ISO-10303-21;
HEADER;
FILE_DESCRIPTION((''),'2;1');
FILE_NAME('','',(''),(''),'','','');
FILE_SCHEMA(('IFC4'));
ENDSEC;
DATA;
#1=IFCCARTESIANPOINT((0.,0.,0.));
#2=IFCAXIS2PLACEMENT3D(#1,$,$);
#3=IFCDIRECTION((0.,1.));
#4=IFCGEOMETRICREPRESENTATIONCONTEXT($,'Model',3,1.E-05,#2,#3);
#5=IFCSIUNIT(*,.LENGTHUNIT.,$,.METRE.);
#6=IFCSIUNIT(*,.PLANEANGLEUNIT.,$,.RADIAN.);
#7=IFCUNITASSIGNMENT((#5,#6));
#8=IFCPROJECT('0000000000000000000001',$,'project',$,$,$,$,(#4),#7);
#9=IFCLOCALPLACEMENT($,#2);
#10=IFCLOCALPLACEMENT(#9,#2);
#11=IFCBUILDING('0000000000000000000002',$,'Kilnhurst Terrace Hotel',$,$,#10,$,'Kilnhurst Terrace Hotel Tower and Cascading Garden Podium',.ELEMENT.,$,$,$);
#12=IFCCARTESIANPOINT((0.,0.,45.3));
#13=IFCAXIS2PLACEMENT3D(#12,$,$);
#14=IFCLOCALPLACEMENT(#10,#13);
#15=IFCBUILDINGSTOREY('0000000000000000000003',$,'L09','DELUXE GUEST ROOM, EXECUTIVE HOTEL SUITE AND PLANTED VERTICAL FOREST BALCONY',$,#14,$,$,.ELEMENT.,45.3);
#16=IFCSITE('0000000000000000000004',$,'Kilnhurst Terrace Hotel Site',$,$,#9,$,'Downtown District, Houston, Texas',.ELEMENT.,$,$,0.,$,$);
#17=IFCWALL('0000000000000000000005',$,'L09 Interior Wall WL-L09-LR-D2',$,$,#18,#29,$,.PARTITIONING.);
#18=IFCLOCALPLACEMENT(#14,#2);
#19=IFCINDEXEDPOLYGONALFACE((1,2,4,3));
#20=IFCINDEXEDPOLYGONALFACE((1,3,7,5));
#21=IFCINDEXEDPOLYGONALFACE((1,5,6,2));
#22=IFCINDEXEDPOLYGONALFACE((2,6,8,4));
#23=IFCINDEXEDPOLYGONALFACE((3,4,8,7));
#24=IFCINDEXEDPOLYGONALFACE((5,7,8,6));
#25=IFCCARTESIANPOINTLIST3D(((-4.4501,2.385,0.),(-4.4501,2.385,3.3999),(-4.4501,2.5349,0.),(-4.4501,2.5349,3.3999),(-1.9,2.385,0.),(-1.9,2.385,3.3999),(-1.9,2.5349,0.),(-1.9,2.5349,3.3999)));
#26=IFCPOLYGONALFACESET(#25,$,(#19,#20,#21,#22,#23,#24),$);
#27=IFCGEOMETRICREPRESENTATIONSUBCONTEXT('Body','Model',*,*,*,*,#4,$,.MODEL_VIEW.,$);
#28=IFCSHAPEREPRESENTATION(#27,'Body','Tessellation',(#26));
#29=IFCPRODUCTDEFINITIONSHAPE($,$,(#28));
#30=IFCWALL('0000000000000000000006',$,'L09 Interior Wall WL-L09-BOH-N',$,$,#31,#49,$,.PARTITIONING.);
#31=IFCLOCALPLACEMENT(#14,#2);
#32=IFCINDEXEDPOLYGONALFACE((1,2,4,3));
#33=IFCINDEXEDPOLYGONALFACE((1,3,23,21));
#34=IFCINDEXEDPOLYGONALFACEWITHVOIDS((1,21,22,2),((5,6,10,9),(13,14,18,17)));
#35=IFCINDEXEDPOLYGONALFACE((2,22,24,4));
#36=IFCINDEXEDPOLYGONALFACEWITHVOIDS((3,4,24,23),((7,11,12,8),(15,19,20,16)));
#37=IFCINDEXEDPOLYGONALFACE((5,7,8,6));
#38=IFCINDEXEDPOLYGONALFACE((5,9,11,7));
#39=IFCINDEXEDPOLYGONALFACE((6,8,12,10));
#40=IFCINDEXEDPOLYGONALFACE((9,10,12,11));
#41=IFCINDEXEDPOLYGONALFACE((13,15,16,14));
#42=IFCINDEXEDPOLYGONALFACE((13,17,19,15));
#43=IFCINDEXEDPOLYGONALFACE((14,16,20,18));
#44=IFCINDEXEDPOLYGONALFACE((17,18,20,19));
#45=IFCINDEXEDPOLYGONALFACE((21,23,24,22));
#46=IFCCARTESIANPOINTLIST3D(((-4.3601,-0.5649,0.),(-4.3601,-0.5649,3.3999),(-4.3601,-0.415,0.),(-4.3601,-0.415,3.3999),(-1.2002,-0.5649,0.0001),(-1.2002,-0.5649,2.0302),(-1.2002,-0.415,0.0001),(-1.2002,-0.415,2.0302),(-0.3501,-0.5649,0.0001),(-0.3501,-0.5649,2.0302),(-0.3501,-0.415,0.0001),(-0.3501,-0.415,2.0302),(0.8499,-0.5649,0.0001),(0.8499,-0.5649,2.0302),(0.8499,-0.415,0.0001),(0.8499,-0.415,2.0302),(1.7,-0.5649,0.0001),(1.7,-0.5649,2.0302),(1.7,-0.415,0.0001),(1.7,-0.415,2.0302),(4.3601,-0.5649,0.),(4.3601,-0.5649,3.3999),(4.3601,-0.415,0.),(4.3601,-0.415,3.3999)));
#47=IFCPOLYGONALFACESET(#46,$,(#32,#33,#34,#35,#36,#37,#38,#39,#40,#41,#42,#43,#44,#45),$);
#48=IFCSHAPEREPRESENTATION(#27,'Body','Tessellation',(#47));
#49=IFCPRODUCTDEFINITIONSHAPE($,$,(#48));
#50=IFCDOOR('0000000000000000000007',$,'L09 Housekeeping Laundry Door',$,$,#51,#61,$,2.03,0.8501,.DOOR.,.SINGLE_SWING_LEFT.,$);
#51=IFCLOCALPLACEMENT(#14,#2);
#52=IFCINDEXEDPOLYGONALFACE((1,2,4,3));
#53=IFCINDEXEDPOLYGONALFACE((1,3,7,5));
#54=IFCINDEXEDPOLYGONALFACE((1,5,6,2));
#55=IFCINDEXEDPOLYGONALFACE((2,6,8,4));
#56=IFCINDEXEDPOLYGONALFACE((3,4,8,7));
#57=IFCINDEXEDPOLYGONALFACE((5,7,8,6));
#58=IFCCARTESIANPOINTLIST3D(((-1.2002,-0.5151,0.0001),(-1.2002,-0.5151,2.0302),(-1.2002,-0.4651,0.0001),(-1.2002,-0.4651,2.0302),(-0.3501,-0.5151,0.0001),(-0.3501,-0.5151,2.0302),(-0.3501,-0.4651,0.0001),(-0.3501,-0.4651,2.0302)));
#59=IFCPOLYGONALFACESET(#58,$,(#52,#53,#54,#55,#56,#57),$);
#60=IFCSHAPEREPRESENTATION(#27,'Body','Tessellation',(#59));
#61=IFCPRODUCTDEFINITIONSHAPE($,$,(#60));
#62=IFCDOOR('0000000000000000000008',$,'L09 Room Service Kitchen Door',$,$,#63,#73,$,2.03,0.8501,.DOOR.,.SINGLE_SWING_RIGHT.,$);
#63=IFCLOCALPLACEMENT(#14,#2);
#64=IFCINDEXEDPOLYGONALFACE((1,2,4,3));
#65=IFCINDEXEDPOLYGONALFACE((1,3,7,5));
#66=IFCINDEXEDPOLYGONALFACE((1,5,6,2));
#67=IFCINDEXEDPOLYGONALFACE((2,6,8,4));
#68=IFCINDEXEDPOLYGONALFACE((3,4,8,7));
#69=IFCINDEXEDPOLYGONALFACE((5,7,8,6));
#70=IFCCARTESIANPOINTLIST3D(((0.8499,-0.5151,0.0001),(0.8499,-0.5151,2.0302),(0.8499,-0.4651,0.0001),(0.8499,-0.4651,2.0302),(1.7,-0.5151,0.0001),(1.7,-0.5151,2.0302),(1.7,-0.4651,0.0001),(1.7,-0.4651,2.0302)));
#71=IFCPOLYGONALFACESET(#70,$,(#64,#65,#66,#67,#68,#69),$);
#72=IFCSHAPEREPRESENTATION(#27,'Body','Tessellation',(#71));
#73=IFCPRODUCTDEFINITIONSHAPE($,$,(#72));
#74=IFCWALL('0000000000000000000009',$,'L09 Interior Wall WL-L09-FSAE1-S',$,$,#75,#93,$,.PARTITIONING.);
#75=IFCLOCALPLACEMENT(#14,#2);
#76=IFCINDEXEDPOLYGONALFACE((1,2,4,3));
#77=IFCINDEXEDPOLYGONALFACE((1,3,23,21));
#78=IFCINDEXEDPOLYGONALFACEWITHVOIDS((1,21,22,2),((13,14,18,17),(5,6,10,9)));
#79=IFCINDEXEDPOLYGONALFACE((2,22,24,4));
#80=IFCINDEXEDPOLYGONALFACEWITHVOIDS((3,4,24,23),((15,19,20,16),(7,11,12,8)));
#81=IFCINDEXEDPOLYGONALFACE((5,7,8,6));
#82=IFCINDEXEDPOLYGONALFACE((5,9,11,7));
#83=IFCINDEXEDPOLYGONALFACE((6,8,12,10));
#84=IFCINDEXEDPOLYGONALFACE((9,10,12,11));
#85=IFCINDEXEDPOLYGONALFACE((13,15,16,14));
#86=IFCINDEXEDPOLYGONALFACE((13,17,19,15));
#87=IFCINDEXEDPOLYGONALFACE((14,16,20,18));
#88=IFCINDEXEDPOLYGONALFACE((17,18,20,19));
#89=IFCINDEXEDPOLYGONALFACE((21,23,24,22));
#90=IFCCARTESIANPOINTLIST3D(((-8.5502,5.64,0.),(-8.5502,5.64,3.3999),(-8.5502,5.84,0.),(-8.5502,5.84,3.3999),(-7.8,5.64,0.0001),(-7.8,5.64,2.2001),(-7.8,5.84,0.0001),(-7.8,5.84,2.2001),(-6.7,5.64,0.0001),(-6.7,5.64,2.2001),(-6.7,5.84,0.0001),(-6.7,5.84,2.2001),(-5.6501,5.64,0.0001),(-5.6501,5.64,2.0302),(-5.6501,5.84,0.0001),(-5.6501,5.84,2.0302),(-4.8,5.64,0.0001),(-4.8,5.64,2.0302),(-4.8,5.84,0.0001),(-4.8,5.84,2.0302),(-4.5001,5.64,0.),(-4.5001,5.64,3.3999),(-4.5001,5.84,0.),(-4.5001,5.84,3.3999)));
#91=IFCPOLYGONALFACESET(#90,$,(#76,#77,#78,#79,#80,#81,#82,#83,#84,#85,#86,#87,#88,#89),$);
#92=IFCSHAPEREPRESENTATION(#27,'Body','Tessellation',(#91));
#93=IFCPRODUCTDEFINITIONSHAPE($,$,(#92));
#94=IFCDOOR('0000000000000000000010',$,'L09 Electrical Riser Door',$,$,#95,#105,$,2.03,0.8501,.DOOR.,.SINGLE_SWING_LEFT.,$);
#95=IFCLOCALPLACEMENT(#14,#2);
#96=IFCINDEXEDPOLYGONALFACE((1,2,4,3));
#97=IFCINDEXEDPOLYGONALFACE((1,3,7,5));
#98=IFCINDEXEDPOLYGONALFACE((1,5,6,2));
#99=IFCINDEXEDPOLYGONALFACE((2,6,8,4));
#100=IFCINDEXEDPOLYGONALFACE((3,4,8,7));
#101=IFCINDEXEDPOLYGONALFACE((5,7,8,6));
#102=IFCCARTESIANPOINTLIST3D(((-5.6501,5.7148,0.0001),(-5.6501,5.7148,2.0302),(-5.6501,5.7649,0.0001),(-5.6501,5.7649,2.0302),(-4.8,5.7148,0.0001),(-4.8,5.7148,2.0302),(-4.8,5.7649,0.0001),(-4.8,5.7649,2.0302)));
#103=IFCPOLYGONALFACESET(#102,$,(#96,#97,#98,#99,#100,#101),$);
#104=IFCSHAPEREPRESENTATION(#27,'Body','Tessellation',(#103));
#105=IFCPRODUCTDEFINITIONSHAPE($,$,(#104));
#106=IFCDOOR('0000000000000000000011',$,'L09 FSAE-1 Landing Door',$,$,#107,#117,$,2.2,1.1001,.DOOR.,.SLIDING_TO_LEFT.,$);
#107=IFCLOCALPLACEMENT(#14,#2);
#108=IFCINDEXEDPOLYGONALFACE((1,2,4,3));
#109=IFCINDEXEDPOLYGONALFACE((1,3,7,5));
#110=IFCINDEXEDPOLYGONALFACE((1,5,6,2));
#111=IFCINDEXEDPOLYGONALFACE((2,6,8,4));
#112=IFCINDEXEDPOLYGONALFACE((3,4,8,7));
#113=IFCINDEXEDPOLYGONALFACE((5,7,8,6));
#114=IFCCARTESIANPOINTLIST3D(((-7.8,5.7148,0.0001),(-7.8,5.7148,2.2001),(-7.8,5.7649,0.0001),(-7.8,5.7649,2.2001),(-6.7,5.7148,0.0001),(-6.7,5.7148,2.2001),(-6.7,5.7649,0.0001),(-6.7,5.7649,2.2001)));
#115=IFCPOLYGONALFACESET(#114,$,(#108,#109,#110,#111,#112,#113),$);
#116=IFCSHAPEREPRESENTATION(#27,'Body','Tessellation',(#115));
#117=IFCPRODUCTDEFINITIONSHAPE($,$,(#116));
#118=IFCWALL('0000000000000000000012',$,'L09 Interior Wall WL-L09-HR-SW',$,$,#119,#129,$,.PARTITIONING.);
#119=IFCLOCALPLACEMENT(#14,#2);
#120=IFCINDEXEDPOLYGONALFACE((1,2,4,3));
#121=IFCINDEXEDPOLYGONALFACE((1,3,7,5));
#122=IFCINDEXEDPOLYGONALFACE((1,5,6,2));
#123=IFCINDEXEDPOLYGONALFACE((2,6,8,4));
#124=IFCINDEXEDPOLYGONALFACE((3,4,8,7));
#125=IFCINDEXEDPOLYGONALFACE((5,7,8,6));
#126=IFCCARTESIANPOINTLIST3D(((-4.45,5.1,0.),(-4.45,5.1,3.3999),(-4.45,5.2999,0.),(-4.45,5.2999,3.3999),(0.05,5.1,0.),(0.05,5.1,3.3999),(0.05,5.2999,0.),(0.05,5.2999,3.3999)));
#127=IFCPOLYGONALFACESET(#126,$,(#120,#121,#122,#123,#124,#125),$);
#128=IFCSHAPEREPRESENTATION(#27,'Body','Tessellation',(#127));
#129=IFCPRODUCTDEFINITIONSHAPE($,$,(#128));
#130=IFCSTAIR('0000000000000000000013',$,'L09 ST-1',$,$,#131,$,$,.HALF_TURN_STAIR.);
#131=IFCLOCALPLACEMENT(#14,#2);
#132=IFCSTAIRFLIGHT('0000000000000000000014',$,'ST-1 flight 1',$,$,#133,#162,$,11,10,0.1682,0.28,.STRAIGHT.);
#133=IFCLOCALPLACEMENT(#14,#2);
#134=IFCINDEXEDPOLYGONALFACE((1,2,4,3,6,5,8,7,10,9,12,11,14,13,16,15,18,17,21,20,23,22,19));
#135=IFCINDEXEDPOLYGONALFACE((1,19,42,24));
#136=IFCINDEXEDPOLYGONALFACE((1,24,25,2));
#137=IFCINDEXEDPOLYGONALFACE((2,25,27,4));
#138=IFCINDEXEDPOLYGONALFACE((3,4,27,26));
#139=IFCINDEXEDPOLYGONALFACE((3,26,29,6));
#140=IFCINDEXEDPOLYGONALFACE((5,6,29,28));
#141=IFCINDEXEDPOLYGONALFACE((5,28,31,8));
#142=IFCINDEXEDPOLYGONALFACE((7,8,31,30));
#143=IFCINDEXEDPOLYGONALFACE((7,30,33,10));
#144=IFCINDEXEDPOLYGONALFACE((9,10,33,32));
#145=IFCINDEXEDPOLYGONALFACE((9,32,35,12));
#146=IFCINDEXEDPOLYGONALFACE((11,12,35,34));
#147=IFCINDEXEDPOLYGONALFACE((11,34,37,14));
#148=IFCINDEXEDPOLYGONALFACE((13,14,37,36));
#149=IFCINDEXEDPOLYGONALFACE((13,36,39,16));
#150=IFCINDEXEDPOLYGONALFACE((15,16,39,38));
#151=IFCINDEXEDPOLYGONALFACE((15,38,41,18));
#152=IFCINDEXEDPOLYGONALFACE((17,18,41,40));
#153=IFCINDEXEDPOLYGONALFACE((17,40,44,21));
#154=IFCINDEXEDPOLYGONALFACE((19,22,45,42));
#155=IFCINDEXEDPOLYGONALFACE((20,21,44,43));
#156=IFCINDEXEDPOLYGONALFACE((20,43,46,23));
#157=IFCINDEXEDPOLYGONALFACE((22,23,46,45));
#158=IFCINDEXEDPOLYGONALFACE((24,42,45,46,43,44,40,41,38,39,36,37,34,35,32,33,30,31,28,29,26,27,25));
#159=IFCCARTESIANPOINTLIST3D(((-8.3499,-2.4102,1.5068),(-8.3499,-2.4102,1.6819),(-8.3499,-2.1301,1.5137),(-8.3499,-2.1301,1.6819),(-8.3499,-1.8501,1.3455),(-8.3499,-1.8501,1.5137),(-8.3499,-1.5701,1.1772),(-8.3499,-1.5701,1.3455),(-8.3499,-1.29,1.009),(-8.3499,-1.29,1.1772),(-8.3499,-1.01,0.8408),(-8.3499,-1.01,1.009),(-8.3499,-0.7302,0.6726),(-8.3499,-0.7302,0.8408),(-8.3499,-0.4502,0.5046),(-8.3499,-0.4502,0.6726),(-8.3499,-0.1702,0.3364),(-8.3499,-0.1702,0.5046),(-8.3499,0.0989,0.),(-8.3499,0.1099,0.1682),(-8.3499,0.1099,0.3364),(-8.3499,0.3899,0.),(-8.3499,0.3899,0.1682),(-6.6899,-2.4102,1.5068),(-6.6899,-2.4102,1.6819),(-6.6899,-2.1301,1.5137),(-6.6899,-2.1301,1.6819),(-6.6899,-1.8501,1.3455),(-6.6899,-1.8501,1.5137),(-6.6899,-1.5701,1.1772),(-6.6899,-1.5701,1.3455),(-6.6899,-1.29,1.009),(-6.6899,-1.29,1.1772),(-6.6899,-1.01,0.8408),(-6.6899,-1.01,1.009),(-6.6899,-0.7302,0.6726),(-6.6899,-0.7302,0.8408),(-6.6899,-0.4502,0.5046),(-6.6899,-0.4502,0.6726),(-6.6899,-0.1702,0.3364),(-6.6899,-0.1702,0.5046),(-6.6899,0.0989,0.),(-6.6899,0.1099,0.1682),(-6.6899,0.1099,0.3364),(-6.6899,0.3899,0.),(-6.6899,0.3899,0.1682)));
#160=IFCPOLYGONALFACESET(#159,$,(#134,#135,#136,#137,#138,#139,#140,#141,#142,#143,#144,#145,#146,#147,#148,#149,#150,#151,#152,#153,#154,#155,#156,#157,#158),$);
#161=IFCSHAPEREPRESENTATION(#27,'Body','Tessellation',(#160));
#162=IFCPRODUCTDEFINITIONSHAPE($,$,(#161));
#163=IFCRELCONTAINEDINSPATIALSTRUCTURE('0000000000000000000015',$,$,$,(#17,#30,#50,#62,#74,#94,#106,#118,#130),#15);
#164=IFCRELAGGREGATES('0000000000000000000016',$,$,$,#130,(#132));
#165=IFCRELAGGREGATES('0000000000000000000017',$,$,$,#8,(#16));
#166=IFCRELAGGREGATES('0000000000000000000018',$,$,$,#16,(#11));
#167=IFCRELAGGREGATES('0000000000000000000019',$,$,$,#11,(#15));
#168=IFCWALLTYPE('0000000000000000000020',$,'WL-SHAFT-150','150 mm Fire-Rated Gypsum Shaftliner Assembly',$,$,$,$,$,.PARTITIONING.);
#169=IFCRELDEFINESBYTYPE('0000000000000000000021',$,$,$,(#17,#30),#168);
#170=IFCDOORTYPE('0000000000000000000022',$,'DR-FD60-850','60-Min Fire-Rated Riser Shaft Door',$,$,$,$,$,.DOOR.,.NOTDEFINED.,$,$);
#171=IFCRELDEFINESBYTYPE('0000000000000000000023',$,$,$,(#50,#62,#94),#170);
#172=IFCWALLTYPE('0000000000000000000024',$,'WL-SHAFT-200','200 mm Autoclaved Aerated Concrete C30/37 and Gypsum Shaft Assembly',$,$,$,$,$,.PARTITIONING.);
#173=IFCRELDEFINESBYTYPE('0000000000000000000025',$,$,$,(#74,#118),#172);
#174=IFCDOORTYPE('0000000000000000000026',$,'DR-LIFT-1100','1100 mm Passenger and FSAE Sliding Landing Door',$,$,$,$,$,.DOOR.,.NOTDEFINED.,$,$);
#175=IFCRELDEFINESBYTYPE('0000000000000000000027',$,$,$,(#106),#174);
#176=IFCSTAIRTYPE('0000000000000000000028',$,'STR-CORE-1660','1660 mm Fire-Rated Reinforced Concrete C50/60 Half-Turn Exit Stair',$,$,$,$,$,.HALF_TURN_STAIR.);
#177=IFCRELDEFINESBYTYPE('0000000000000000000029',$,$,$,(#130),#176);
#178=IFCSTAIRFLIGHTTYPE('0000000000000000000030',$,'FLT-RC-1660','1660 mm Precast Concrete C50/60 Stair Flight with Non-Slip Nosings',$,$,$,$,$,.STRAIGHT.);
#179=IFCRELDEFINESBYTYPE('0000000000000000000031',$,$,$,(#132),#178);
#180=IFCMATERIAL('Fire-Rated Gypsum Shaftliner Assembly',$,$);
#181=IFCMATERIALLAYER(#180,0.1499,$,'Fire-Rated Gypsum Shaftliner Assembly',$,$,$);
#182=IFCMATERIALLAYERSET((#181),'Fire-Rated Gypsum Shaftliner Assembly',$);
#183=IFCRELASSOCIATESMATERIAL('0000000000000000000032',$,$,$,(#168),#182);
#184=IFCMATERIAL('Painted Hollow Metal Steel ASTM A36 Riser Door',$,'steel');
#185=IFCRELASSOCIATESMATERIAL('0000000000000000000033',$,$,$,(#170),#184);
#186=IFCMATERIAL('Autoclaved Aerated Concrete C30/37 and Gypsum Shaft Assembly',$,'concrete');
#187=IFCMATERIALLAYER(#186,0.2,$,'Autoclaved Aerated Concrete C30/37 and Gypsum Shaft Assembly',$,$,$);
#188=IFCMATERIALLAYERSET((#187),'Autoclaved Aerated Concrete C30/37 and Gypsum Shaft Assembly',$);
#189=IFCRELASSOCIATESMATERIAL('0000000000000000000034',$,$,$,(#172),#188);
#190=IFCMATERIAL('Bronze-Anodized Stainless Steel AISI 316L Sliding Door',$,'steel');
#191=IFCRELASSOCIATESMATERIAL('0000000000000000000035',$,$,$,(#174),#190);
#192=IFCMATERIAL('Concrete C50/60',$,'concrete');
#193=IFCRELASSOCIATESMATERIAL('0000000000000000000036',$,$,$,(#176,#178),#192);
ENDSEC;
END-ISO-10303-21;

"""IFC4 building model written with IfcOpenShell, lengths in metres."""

from ifc_helpers import new_model, si_unit, direction, frame, frame_2d, origin, place, context, subcontext, project, spatial, polyline, rectangle, outline, extrude, material, layer, layer_set, type_object, element, fill, aggregate, save


model = new_model("IFC4")

# Units and contexts
model_context = context("Model", 3, precision=1e-05, world=origin(), true_north=direction((0.0, 1.0)))
body_context = subcontext(model_context, "Body", "Model", "MODEL_VIEW")
ifc_project = project(units=[si_unit("LENGTHUNIT", "METRE"), si_unit("PLANEANGLEUNIT", "RADIAN")], contexts=[model_context])

# Site, building, storey
site_placement = place(None, origin())
site = spatial("IfcSite", under=ifc_project, at=site_placement, Name="Kilnhurst Terrace Hotel Site", LongName="Downtown District, Houston, Texas", CompositionType="ELEMENT", RefElevation=0.0)
building_placement = place(site_placement, origin())
building = spatial("IfcBuilding", under=site, at=building_placement, Name="Kilnhurst Terrace Hotel", LongName="Kilnhurst Terrace Hotel Tower and Cascading Garden Podium", CompositionType="ELEMENT")
storey_placement = place(building_placement, frame((0.0, 0.0, 45.3)))
storey = spatial("IfcBuildingStorey", under=building, at=storey_placement, Name="L09", Description="DELUXE GUEST ROOM, EXECUTIVE HOTEL SUITE AND PLANTED VERTICAL FOREST BALCONY", CompositionType="ELEMENT", Elevation=45.3)

# Shared definitions
ifc_material_1 = material(Name="Concrete C50/60", Category="concrete")

# Wall
ifc_material_2 = material(Name="Fire-Rated Gypsum Shaftliner Assembly")
ifc_layer_1 = layer(ifc_material_2, 0.1499, Name="Fire-Rated Gypsum Shaftliner Assembly")
ifc_layer_set_1 = layer_set([ifc_layer_1], Name="Fire-Rated Gypsum Shaftliner Assembly")
wall_type_1 = type_object("IfcWallType", Name="WL-SHAFT-150", Description="150 mm Fire-Rated Gypsum Shaftliner Assembly", PredefinedType="PARTITIONING", material=ifc_layer_set_1)
for number, where, z_axis, x_axis, name in (
    (1, (-4.45, 2.46, 0.0), (0.0, 0.0, 1.0), (1.0, 0.0, 0.0), "L09 Interior Wall WL-L09-LR-D2"),
):
    element("IfcWall", number, at=place(storey_placement, frame(where, z_axis=z_axis, x_axis=x_axis)), inside=storey, type_object=wall_type_1, Name=name, PredefinedType="PARTITIONING", context=body_context, shape_type="SweptSolid", body=[
        extrude(rectangle(XDim=2.55, YDim=0.1499, at=frame_2d((1.2749, 0.0))), origin(), (0.0, 0.0, 1.0), 3.3999),
    ])

# Walls, openings, doors
wall_1_placement = place(storey_placement, frame((-4.3601, -0.49, 0.0), z_axis=(0.0, 0.0, 1.0), x_axis=(1.0, 0.0, 0.0)))
wall_1 = element("IfcWall", 2, at=wall_1_placement, inside=storey, type_object=wall_type_1, Name="L09 Interior Wall WL-L09-BOH-N", PredefinedType="PARTITIONING", context=body_context, shape_type="SweptSolid", body=[
    extrude(rectangle(XDim=8.7202, YDim=0.1499, at=frame_2d((4.3601, 0.0))), origin(), (0.0, 0.0, 1.0), 3.3999),
])
opening_1_placement = place(wall_1_placement, frame((3.1599, 0.0, 0.0)))
opening_1 = element("IfcOpeningElement", 3, at=opening_1_placement, cuts=wall_1, PredefinedType="OPENING", context=body_context, shape_type="SweptSolid", body=[
    extrude(rectangle(XDim=0.8501, YDim=2.03, at=frame_2d((0.425, 1.0151))), frame((0.0, 0.085, 0.0), z_axis=(0.0, -1.0, 0.0), x_axis=(1.0, 0.0, 0.0)), (0.0, 0.0, 1.0), 0.1699),
])
opening_2_placement = place(wall_1_placement, frame((5.21, 0.0, 0.0)))
opening_2 = element("IfcOpeningElement", 4, at=opening_2_placement, cuts=wall_1, PredefinedType="OPENING", context=body_context, shape_type="SweptSolid", body=[
    extrude(rectangle(XDim=0.8501, YDim=2.03, at=frame_2d((0.425, 1.0151))), frame((0.0, 0.085, 0.0), z_axis=(0.0, -1.0, 0.0), x_axis=(1.0, 0.0, 0.0)), (0.0, 0.0, 1.0), 0.1699),
])
ifc_material_3 = material(Name="Painted Hollow Metal Steel ASTM A36 Riser Door", Category="steel")
door_type_1 = type_object("IfcDoorType", Name="DR-FD60-850", Description="60-Min Fire-Rated Riser Shaft Door", OperationType="NOTDEFINED", PredefinedType="DOOR", material=ifc_material_3)
door_1_placement = place(opening_1_placement, origin())
door_1 = element("IfcDoor", 5, at=door_1_placement, inside=storey, type_object=door_type_1, Name="L09 Housekeeping Laundry Door", OperationType="SINGLE_SWING_LEFT", OverallHeight=2.03, OverallWidth=0.8501, PredefinedType="DOOR", context=body_context, shape_type="SweptSolid", body=[
    extrude(rectangle(XDim=0.8501, YDim=2.03, at=frame_2d((0.425, 1.0151))), frame((0.0, 0.0249, 0.0), z_axis=(0.0, -1.0, 0.0), x_axis=(1.0, 0.0, 0.0)), (0.0, 0.0, 1.0), 0.05),
])
fill(opening_1, door_1)
door_2_placement = place(opening_2_placement, origin())
door_2 = element("IfcDoor", 6, at=door_2_placement, inside=storey, type_object=door_type_1, Name="L09 Room Service Kitchen Door", OperationType="SINGLE_SWING_RIGHT", OverallHeight=2.03, OverallWidth=0.8501, PredefinedType="DOOR", context=body_context, shape_type="SweptSolid", body=[
    extrude(rectangle(XDim=0.8501, YDim=2.03, at=frame_2d((0.425, 1.0151))), frame((0.0, 0.0249, 0.0), z_axis=(0.0, -1.0, 0.0), x_axis=(1.0, 0.0, 0.0)), (0.0, 0.0, 1.0), 0.05),
])
fill(opening_2, door_2)
ifc_material_4 = material(Name="Autoclaved Aerated Concrete C30/37 and Gypsum Shaft Assembly", Category="concrete")
ifc_layer_2 = layer(ifc_material_4, 0.2, Name="Autoclaved Aerated Concrete C30/37 and Gypsum Shaft Assembly")
ifc_layer_set_2 = layer_set([ifc_layer_2], Name="Autoclaved Aerated Concrete C30/37 and Gypsum Shaft Assembly")
wall_type_2 = type_object("IfcWallType", Name="WL-SHAFT-200", Description="200 mm Autoclaved Aerated Concrete C30/37 and Gypsum Shaft Assembly", PredefinedType="PARTITIONING", material=ifc_layer_set_2)
wall_2_placement = place(storey_placement, frame((-8.55, 5.74, 0.0), z_axis=(0.0, 0.0, 1.0), x_axis=(1.0, 0.0, 0.0)))
wall_2 = element("IfcWall", 7, at=wall_2_placement, inside=storey, type_object=wall_type_2, Name="L09 Interior Wall WL-L09-FSAE1-S", PredefinedType="PARTITIONING", context=body_context, shape_type="SweptSolid", body=[
    extrude(rectangle(XDim=4.05, YDim=0.2, at=frame_2d((2.0249, 0.0))), origin(), (0.0, 0.0, 1.0), 3.3999),
])
opening_3_placement = place(wall_2_placement, frame((0.75, 0.0, 0.0)))
opening_3 = element("IfcOpeningElement", 8, at=opening_3_placement, cuts=wall_2, PredefinedType="OPENING", context=body_context, shape_type="SweptSolid", body=[
    extrude(rectangle(XDim=1.1001, YDim=2.2, at=frame_2d((0.55, 1.1001))), frame((0.0, 0.1099, 0.0), z_axis=(0.0, -1.0, 0.0), x_axis=(1.0, 0.0, 0.0)), (0.0, 0.0, 1.0), 0.22),
])
opening_4_placement = place(wall_2_placement, frame((2.8999, 0.0, 0.0)))
opening_4 = element("IfcOpeningElement", 9, at=opening_4_placement, cuts=wall_2, PredefinedType="OPENING", context=body_context, shape_type="SweptSolid", body=[
    extrude(rectangle(XDim=0.8501, YDim=2.03, at=frame_2d((0.425, 1.0151))), frame((0.0, 0.1099, 0.0), z_axis=(0.0, -1.0, 0.0), x_axis=(1.0, 0.0, 0.0)), (0.0, 0.0, 1.0), 0.22),
])
door_3_placement = place(opening_4_placement, origin())
door_3 = element("IfcDoor", 10, at=door_3_placement, inside=storey, type_object=door_type_1, Name="L09 Electrical Riser Door", OperationType="SINGLE_SWING_LEFT", OverallHeight=2.03, OverallWidth=0.8501, PredefinedType="DOOR", context=body_context, shape_type="SweptSolid", body=[
    extrude(rectangle(XDim=0.8501, YDim=2.03, at=frame_2d((0.425, 1.0151))), frame((0.0, 0.0249, 0.0), z_axis=(0.0, -1.0, 0.0), x_axis=(1.0, 0.0, 0.0)), (0.0, 0.0, 1.0), 0.05),
])
fill(opening_4, door_3)
ifc_material_5 = material(Name="Bronze-Anodized Stainless Steel AISI 316L Sliding Door", Category="steel")
door_type_2 = type_object("IfcDoorType", Name="DR-LIFT-1100", Description="1100 mm Passenger and FSAE Sliding Landing Door", OperationType="NOTDEFINED", PredefinedType="DOOR", material=ifc_material_5)
door_4_placement = place(opening_3_placement, origin())
door_4 = element("IfcDoor", 11, at=door_4_placement, inside=storey, type_object=door_type_2, Name="L09 FSAE-1 Landing Door", OperationType="SLIDING_TO_LEFT", OverallHeight=2.2, OverallWidth=1.1001, PredefinedType="DOOR", context=body_context, shape_type="SweptSolid", body=[
    extrude(rectangle(XDim=1.1001, YDim=2.2, at=frame_2d((0.55, 1.1001))), frame((0.0, 0.0249, 0.0), z_axis=(0.0, -1.0, 0.0), x_axis=(1.0, 0.0, 0.0)), (0.0, 0.0, 1.0), 0.05),
])
fill(opening_3, door_4)

# Wall
wall_3_placement = place(storey_placement, frame((-4.45, 5.2, 0.0), z_axis=(0.0, 0.0, 1.0), x_axis=(1.0, 0.0, 0.0)))
element("IfcWall", 12, at=wall_3_placement, inside=storey, type_object=wall_type_2, Name="L09 Interior Wall WL-L09-HR-SW", PredefinedType="PARTITIONING", context=body_context, shape_type="SweptSolid", body=[
    extrude(rectangle(XDim=4.5, YDim=0.2, at=frame_2d((2.25, 0.0))), origin(), (0.0, 0.0, 1.0), 3.3999),
])

# Stair, stair flight
stair_type = type_object("IfcStairType", Name="STR-CORE-1660", Description="1660 mm Fire-Rated Reinforced Concrete C50/60 Half-Turn Exit Stair", PredefinedType="HALF_TURN_STAIR", material=ifc_material_1)
stair_placement = place(storey_placement, origin())
stair = element("IfcStair", 13, at=stair_placement, inside=storey, type_object=stair_type, Name="L09 ST-1", PredefinedType="HALF_TURN_STAIR")
stair_flight_type = type_object("IfcStairFlightType", Name="FLT-RC-1660", Description="1660 mm Precast Concrete C50/60 Stair Flight with Non-Slip Nosings", PredefinedType="STRAIGHT", material=ifc_material_1)
stair_flight_placement = place(storey_placement, frame((-7.52, 0.3899, 0.0), z_axis=(0.0, 0.0, 1.0), x_axis=(0.0, -1.0, 0.0)))
stair_flight = element("IfcStairFlight", 14, at=stair_flight_placement, type_object=stair_flight_type, Name="ST-1 flight 1", NumberOfRisers=11, NumberOfTreads=10, PredefinedType="STRAIGHT", RiserHeight=0.1682, TreadLength=0.28, context=body_context, shape_type="SweptSolid", body=[
    extrude(outline(polyline([(0.0, 0.0), (0.0, 0.1682), (0.28, 0.1682), (0.28, 0.3364), (0.5601, 0.3364), (0.5601, 0.5046), (0.8401, 0.5046), (0.8401, 0.6726), (1.1201, 0.6726), (1.1201, 0.8408), (1.3999, 0.8408), (1.3999, 1.009), (1.6799, 1.009), (1.6799, 1.1772), (1.96, 1.1772), (1.96, 1.3455), (2.24, 1.3455), (2.24, 1.5137), (2.52, 1.5137), (2.52, 1.6819), (2.8, 1.6819), (2.8, 1.8501), (2.8, 1.5068), (0.291, 0.0), (0.0, 0.0)])), frame((0.0, 0.8301, 0.0), z_axis=(0.0, -1.0, 0.0), x_axis=(1.0, 0.0, 0.0)), (0.0, 0.0, 1.0), 1.6599),
])
aggregate(stair, [stair_flight])

save(model, "model.ifc")
